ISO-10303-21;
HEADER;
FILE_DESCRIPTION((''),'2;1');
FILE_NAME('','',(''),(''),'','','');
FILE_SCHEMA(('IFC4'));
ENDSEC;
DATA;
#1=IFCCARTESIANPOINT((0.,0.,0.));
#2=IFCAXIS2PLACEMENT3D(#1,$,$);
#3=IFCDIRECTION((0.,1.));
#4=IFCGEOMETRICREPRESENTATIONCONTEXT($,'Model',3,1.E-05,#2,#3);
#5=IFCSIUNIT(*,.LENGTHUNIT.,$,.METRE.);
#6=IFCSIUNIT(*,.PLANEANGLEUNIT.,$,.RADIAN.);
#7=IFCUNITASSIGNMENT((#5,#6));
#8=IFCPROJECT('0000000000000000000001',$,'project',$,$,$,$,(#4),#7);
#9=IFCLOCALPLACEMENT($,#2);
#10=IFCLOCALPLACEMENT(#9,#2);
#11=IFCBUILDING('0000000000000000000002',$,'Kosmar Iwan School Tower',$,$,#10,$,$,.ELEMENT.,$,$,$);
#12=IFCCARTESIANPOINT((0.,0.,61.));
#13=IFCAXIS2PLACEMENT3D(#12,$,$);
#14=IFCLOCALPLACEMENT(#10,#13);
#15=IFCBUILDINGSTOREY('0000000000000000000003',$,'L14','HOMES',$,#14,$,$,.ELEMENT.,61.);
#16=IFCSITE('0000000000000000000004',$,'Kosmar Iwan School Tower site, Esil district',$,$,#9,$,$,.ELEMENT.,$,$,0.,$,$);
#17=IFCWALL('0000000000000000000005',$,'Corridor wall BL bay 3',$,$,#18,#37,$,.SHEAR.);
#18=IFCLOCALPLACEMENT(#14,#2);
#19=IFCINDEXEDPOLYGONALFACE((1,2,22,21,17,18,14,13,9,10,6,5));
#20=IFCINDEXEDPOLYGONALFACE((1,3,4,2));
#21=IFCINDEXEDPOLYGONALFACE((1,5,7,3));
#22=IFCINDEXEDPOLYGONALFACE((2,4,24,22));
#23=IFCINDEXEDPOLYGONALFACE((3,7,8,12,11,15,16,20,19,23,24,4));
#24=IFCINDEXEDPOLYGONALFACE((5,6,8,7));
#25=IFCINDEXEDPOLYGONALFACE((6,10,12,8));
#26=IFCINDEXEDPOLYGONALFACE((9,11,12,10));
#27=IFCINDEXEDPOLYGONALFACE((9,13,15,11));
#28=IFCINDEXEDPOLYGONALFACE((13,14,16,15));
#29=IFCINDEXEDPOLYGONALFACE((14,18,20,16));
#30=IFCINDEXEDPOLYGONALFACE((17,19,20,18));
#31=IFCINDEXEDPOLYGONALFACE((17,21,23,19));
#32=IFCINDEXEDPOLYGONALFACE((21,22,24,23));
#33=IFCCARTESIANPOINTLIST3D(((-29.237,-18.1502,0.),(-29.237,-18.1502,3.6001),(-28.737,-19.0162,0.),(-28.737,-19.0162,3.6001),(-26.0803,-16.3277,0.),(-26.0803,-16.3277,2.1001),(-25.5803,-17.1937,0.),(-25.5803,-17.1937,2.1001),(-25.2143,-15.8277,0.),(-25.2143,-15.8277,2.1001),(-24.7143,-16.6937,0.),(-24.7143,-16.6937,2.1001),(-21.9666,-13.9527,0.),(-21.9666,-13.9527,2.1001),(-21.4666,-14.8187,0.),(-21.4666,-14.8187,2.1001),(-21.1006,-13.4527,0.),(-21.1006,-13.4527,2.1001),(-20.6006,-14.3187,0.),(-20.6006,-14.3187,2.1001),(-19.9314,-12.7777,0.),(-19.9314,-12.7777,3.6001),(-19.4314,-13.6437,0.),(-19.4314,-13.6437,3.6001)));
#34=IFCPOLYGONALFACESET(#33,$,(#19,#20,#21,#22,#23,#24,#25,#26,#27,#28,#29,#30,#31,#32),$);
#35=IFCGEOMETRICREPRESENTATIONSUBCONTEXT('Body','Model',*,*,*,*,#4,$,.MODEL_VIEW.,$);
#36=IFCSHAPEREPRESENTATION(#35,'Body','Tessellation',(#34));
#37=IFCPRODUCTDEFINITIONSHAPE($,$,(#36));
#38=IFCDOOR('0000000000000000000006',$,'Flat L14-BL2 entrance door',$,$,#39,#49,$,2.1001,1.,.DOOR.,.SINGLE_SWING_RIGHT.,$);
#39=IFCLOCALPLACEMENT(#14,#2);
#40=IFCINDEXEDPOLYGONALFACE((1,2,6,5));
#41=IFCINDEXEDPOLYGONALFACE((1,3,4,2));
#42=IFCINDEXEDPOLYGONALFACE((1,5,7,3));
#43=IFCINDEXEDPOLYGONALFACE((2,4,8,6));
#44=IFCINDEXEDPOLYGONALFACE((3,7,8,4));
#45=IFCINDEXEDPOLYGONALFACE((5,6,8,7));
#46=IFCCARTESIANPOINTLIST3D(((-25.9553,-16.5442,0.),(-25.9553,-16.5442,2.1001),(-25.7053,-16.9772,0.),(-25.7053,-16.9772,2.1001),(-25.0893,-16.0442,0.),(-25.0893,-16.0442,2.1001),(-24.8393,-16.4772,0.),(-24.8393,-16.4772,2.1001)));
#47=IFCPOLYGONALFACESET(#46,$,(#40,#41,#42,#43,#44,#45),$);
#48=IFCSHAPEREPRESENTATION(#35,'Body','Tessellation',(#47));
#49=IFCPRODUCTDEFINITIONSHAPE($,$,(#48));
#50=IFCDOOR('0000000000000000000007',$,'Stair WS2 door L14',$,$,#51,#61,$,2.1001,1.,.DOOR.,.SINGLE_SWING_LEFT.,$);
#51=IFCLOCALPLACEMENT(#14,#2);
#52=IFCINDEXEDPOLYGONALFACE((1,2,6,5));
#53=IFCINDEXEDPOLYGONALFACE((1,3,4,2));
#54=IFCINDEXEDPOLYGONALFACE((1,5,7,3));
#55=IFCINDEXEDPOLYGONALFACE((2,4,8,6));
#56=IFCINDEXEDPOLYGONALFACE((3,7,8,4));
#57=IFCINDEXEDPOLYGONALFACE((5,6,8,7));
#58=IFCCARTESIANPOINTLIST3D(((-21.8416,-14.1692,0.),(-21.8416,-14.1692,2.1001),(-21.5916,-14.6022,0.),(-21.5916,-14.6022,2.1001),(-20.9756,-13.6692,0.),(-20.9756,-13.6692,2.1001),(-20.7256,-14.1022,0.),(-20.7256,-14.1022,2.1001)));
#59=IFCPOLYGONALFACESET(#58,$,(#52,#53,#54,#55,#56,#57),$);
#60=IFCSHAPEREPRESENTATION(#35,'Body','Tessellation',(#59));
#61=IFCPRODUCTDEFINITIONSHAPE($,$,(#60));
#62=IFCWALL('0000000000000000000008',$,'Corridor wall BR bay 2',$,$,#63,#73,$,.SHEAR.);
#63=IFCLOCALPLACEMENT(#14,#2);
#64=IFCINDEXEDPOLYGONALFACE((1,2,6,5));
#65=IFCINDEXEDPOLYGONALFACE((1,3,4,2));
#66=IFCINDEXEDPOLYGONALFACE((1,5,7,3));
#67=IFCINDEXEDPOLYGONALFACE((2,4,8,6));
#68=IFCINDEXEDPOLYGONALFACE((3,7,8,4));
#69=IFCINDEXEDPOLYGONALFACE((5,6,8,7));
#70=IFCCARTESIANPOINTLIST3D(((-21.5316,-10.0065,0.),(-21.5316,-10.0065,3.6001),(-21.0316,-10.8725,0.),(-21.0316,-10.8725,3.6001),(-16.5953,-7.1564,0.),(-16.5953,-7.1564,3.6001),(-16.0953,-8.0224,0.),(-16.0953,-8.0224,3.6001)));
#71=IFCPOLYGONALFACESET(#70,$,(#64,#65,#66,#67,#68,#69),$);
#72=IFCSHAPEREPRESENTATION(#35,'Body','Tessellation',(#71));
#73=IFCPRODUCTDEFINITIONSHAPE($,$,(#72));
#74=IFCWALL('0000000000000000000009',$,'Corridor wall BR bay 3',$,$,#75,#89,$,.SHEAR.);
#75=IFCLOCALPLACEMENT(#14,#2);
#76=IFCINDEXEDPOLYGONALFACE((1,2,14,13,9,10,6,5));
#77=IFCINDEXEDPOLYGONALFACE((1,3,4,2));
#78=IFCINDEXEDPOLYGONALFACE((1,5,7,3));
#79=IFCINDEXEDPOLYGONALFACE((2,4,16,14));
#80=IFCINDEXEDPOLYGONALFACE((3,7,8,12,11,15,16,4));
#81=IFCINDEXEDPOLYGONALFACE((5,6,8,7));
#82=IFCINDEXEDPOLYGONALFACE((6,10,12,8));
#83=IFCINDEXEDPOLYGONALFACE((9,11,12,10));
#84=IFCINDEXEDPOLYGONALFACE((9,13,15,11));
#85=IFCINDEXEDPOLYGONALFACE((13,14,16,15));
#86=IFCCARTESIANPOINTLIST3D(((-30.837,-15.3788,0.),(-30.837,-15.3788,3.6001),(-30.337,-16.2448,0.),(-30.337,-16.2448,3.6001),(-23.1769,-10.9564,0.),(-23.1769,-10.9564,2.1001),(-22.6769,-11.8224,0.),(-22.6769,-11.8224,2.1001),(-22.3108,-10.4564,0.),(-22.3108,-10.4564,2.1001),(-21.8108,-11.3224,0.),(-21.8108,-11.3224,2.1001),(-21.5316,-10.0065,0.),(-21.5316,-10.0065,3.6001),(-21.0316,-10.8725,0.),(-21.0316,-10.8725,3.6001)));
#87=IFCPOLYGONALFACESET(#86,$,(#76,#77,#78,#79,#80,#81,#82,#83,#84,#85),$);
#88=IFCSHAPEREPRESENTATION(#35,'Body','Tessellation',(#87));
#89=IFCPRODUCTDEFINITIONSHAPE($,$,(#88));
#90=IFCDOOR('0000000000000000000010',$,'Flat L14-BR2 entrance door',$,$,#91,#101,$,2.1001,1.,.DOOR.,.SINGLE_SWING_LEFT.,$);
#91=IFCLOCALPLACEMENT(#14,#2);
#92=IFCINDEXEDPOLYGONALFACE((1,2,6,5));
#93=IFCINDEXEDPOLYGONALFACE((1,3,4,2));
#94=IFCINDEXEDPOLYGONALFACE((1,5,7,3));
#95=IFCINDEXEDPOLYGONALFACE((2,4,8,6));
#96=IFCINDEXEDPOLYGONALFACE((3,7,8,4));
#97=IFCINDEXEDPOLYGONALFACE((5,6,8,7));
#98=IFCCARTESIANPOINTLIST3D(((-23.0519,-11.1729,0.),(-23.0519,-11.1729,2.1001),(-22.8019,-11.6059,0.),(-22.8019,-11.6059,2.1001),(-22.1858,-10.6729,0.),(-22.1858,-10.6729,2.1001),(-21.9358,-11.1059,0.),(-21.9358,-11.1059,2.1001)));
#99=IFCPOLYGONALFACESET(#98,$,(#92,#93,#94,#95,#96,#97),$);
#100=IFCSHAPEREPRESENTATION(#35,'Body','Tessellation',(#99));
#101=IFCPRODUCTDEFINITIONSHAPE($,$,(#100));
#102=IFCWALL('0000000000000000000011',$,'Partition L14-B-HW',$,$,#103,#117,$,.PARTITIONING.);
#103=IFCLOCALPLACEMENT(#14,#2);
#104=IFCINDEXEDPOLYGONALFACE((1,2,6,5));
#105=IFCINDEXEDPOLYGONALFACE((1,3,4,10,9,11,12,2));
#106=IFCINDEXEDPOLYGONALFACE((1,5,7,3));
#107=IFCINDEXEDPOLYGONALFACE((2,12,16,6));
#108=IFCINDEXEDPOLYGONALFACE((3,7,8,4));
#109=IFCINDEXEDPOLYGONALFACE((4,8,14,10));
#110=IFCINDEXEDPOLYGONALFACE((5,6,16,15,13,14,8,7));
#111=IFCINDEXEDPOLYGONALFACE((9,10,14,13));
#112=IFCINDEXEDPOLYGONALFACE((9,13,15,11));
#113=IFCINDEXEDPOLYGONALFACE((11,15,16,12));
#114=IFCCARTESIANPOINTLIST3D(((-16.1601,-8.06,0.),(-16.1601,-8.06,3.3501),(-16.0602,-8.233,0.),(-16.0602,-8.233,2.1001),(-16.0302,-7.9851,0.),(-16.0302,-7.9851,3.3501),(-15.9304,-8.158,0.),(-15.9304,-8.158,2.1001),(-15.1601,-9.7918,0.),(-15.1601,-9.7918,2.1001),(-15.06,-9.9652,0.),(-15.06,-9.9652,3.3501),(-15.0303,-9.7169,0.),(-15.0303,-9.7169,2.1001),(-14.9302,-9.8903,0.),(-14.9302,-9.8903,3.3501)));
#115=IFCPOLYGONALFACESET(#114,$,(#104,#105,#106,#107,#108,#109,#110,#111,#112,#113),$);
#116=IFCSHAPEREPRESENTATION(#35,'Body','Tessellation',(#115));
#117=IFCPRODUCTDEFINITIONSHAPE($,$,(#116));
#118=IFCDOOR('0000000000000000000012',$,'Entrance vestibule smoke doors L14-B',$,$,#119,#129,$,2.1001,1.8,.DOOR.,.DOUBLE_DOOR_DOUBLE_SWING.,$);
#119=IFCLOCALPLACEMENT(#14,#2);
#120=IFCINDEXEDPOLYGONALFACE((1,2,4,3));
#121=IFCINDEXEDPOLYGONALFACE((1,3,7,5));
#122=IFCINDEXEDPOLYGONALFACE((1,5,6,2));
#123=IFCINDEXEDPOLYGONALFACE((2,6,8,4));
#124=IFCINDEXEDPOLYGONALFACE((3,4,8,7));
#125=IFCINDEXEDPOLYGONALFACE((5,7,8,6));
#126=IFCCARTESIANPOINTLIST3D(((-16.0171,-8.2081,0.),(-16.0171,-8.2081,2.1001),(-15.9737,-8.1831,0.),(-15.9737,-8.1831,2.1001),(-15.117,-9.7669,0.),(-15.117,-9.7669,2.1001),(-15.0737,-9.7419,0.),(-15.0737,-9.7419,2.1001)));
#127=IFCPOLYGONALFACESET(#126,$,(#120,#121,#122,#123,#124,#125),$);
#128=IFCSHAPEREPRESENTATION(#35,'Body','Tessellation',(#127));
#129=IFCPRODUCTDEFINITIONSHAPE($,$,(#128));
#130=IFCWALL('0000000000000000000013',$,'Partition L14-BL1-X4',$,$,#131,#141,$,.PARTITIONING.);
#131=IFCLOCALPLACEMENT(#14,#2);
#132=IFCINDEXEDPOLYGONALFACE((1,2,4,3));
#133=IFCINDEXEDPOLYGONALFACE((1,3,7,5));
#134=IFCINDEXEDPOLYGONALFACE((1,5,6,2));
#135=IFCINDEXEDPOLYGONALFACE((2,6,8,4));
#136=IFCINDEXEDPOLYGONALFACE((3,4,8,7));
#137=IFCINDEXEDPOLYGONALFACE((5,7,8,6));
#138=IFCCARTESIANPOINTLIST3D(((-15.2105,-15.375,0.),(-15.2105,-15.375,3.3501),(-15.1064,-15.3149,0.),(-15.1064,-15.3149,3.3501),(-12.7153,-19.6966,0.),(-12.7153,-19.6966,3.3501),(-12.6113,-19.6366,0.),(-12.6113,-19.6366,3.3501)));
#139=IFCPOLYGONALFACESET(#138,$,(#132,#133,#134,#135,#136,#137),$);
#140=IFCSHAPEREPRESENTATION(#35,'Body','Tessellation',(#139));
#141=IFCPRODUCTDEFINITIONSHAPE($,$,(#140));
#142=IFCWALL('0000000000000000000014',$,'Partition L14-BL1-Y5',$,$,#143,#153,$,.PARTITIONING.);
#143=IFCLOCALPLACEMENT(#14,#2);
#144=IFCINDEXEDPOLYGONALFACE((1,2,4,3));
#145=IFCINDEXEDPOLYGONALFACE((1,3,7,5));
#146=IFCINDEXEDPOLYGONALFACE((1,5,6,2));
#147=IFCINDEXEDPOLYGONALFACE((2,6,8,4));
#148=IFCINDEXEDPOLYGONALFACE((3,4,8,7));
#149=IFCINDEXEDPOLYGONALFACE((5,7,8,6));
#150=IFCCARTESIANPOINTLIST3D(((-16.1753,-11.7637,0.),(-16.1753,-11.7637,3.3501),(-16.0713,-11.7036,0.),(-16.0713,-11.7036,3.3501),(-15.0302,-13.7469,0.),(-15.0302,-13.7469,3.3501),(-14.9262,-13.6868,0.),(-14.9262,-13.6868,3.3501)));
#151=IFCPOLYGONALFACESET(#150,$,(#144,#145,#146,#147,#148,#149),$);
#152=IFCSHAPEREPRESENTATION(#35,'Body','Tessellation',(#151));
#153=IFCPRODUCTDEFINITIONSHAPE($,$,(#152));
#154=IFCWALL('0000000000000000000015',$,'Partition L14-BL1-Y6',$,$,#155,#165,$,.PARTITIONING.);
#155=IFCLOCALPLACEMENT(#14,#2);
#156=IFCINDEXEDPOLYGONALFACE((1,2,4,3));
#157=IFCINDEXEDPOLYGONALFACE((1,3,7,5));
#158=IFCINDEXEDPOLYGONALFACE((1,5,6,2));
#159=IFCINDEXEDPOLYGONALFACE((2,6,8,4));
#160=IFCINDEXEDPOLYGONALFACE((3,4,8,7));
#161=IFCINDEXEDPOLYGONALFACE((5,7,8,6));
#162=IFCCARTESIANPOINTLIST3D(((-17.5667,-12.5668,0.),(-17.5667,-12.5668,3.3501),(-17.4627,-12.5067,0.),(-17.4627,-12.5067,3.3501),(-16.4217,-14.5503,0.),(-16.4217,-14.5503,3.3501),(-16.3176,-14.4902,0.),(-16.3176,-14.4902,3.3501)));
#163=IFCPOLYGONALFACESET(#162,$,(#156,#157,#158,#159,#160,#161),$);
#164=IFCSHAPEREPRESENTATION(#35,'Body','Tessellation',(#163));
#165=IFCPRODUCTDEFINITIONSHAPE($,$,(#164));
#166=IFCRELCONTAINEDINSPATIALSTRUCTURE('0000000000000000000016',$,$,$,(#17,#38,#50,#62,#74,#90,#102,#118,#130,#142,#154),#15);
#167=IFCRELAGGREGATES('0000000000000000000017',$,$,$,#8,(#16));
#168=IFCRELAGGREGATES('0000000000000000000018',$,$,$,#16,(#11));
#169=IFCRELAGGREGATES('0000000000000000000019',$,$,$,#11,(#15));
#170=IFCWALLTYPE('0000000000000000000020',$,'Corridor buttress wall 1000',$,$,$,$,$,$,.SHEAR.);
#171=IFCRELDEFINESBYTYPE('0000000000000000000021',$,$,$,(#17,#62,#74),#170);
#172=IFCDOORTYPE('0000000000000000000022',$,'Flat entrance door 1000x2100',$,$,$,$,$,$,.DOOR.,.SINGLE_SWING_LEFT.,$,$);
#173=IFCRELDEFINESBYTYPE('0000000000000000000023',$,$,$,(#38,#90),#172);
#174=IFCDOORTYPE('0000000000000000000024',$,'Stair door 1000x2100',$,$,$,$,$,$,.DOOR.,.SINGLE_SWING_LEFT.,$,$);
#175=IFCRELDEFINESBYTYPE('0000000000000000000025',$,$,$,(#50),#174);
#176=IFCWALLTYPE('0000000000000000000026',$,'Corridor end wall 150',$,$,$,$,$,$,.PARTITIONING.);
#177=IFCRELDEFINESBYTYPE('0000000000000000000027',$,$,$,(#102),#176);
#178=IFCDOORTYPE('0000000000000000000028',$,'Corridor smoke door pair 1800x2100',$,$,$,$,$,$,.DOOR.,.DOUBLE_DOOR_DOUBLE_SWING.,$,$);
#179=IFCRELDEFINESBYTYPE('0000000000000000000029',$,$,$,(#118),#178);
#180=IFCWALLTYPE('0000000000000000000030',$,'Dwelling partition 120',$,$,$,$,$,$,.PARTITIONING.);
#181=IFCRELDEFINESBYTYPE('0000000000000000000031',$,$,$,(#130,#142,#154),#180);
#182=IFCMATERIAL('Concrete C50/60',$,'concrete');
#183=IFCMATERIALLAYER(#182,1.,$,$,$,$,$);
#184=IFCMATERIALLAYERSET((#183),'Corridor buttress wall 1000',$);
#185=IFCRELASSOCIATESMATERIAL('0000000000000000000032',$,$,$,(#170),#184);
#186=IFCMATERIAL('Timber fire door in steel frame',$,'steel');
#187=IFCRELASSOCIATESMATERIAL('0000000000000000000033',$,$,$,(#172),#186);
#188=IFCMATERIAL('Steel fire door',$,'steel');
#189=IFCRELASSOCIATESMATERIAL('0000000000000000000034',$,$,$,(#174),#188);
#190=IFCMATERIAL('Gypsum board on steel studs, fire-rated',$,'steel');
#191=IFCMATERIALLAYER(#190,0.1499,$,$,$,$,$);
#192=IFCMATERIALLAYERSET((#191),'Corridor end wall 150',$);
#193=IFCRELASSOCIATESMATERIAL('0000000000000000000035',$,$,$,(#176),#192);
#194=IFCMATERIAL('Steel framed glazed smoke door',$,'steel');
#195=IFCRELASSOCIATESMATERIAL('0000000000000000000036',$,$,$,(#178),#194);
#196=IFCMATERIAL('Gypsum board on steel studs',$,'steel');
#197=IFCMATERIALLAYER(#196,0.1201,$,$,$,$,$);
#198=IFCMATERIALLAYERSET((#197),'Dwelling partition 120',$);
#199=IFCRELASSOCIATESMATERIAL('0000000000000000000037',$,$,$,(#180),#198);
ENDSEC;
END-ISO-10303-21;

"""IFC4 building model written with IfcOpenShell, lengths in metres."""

from ifc_helpers import new_model, si_unit, direction, frame, frame_2d, origin, place, context, subcontext, project, spatial, rectangle, extrude, material, layer, layer_set, type_object, element, fill, save


model = new_model("IFC4")

# Units and contexts
model_context = context("Model", 3, precision=1e-05, world=origin(), true_north=direction((0.0, 1.0)))
body_context = subcontext(model_context, "Body", "Model", "MODEL_VIEW")
ifc_project = project(units=[si_unit("LENGTHUNIT", "METRE"), si_unit("PLANEANGLEUNIT", "RADIAN")], contexts=[model_context])

# Site, building, storey
site_placement = place(None, origin())
site = spatial("IfcSite", under=ifc_project, at=site_placement, Name="Kosmar Iwan School Tower site, Esil district", CompositionType="ELEMENT", RefElevation=0.0)
building_placement = place(site_placement, origin())
building = spatial("IfcBuilding", under=site, at=building_placement, Name="Kosmar Iwan School Tower", CompositionType="ELEMENT")
storey_placement = place(building_placement, frame((0.0, 0.0, 61.0)))
storey = spatial("IfcBuildingStorey", under=building, at=storey_placement, Name="L14", Description="HOMES", CompositionType="ELEMENT", Elevation=61.0)

# Wall, openings, doors
ifc_material_1 = material(Name="Concrete C50/60", Category="concrete")
ifc_layer_1 = layer(ifc_material_1, 1.0)
ifc_layer_set_1 = layer_set([ifc_layer_1], Name="Corridor buttress wall 1000")
wall_type_1 = type_object("IfcWallType", Name="Corridor buttress wall 1000", PredefinedType="SHEAR", material=ifc_layer_set_1)
wall_1_placement = place(storey_placement, frame((-19.6814, -13.2107, 0.0), z_axis=(0.0, 0.0, 1.0), x_axis=(-0.866028, -0.499995, 0.0)))
wall_1 = element("IfcWall", 1, at=wall_1_placement, inside=storey, type_object=wall_type_1, Name="Corridor wall BL bay 3", PredefinedType="SHEAR", context=body_context, shape_type="SweptSolid", body=[
    extrude(rectangle(XDim=10.7451, YDim=1.0, at=frame_2d((5.3726, 0.0))), origin(), (0.0, 0.0, 1.0), 3.6001),
])
opening_1_placement = place(wall_1_placement, frame((6.1001, 0.0, 0.0)))
opening_1 = element("IfcOpeningElement", 2, at=opening_1_placement, cuts=wall_1, PredefinedType="OPENING", context=body_context, shape_type="SweptSolid", body=[
    extrude(rectangle(XDim=1.0, YDim=2.1001, at=frame_2d((0.5, 1.05))), frame((0.0, 0.512, 0.0), z_axis=(0.0, -1.0, 0.0), x_axis=(1.0, 0.0, 0.0)), (0.0, 0.0, 1.0), 1.0239),
])
opening_2_placement = place(wall_1_placement, frame((1.3501, 0.0, 0.0)))
opening_2 = element("IfcOpeningElement", 3, at=opening_2_placement, cuts=wall_1, PredefinedType="OPENING", context=body_context, shape_type="SweptSolid", body=[
    extrude(rectangle(XDim=1.0, YDim=2.1001, at=frame_2d((0.5, 1.05))), frame((0.0, 0.512, 0.0), z_axis=(0.0, -1.0, 0.0), x_axis=(1.0, 0.0, 0.0)), (0.0, 0.0, 1.0), 1.0239),
])
ifc_material_2 = material(Name="Timber fire door in steel frame", Category="steel")
door_type_1 = type_object("IfcDoorType", Name="Flat entrance door 1000x2100", OperationType="SINGLE_SWING_LEFT", PredefinedType="DOOR", material=ifc_material_2)
door_1_placement = place(opening_1_placement, origin())
door_1 = element("IfcDoor", 4, at=door_1_placement, inside=storey, type_object=door_type_1, Name="Flat L14-BL2 entrance door", OperationType="SINGLE_SWING_RIGHT", OverallHeight=2.1001, OverallWidth=1.0, PredefinedType="DOOR", context=body_context, shape_type="SweptSolid", body=[
    extrude(rectangle(XDim=1.0, YDim=2.1001, at=frame_2d((0.5, 1.05))), frame((0.0, 0.25, 0.0), z_axis=(0.0, -1.0, 0.0), x_axis=(1.0, 0.0, 0.0)), (0.0, 0.0, 1.0), 0.5),
])
fill(opening_1, door_1)
ifc_material_3 = material(Name="Steel fire door", Category="steel")
door_type_2 = type_object("IfcDoorType", Name="Stair door 1000x2100", OperationType="SINGLE_SWING_LEFT", PredefinedType="DOOR", material=ifc_material_3)
door_2_placement = place(opening_2_placement, origin())
door_2 = element("IfcDoor", 5, at=door_2_placement, inside=storey, type_object=door_type_2, Name="Stair WS2 door L14", OperationType="SINGLE_SWING_LEFT", OverallHeight=2.1001, OverallWidth=1.0, PredefinedType="DOOR", context=body_context, shape_type="SweptSolid", body=[
    extrude(rectangle(XDim=1.0, YDim=2.1001, at=frame_2d((0.5, 1.05))), frame((0.0, 0.25, 0.0), z_axis=(0.0, -1.0, 0.0), x_axis=(1.0, 0.0, 0.0)), (0.0, 0.0, 1.0), 0.5),
])
fill(opening_2, door_2)

# Wall
wall_2_placement = place(storey_placement, frame((-16.3452, -7.5894, 0.0), z_axis=(0.0, 0.0, 1.0), x_axis=(-0.866015, -0.500018, 0.0)))
element("IfcWall", 6, at=wall_2_placement, inside=storey, type_object=wall_type_1, Name="Corridor wall BR bay 2", PredefinedType="SHEAR", context=body_context, shape_type="SweptSolid", body=[
    extrude(rectangle(XDim=5.7, YDim=1.0, at=frame_2d((2.8501, 0.0))), origin(), (0.0, 0.0, 1.0), 3.6001),
])

# Walls, openings, doors
wall_3_placement = place(storey_placement, frame((-21.2815, -10.4395, 0.0), z_axis=(0.0, 0.0, 1.0), x_axis=(-0.866032, -0.499988, 0.0)))
wall_3 = element("IfcWall", 7, at=wall_3_placement, inside=storey, type_object=wall_type_1, Name="Corridor wall BR bay 3", PredefinedType="SHEAR", context=body_context, shape_type="SweptSolid", body=[
    extrude(rectangle(XDim=10.7449, YDim=1.0, at=frame_2d((5.3726, 0.0))), origin(), (0.0, 0.0, 1.0), 3.6001),
])
opening_3_placement = place(wall_3_placement, frame((0.8999, 0.0, 0.0)))
opening_3 = element("IfcOpeningElement", 8, at=opening_3_placement, cuts=wall_3, PredefinedType="OPENING", context=body_context, shape_type="SweptSolid", body=[
    extrude(rectangle(XDim=1.0, YDim=2.1001, at=frame_2d((0.5, 1.05))), frame((0.0, 0.512, 0.0), z_axis=(0.0, -1.0, 0.0), x_axis=(1.0, 0.0, 0.0)), (0.0, 0.0, 1.0), 1.0239),
])
door_3_placement = place(opening_3_placement, origin())
door_3 = element("IfcDoor", 9, at=door_3_placement, inside=storey, type_object=door_type_1, Name="Flat L14-BR2 entrance door", OperationType="SINGLE_SWING_LEFT", OverallHeight=2.1001, OverallWidth=1.0, PredefinedType="DOOR", context=body_context, shape_type="SweptSolid", body=[
    extrude(rectangle(XDim=1.0, YDim=2.1001, at=frame_2d((0.5, 1.05))), frame((0.0, 0.25, 0.0), z_axis=(0.0, -1.0, 0.0), x_axis=(1.0, 0.0, 0.0)), (0.0, 0.0, 1.0), 0.5),
])
fill(opening_3, door_3)
ifc_material_4 = material(Name="Gypsum board on steel studs, fire-rated", Category="steel")
ifc_layer_2 = layer(ifc_material_4, 0.1499)
ifc_layer_set_2 = layer_set([ifc_layer_2], Name="Corridor end wall 150")
wall_type_2 = type_object("IfcWallType", Name="Corridor end wall 150", PredefinedType="PARTITIONING", material=ifc_layer_set_2)
wall_4_placement = place(storey_placement, frame((-16.0952, -8.0225, 0.0), z_axis=(0.0, 0.0, 1.0), x_axis=(0.50003, -0.866008, 0.0)))
wall_4 = element("IfcWall", 10, at=wall_4_placement, inside=storey, type_object=wall_type_2, Name="Partition L14-B-HW", PredefinedType="PARTITIONING", context=body_context, shape_type="SweptSolid", body=[
    extrude(rectangle(XDim=2.2, YDim=0.1499, at=frame_2d((1.1001, 0.0))), origin(), (0.0, 0.0, 1.0), 3.3501),
])
opening_4_placement = place(wall_4_placement, frame((0.2, 0.0, 0.0)))
opening_4 = element("IfcOpeningElement", 11, at=opening_4_placement, cuts=wall_4, PredefinedType="OPENING", context=body_context, shape_type="SweptSolid", body=[
    extrude(rectangle(XDim=1.8, YDim=2.1001, at=frame_2d((0.8999, 1.05))), frame((0.0, 0.0869, 0.0), z_axis=(0.0, -1.0, 0.0), x_axis=(1.0, 0.0, 0.0)), (0.0, 0.0, 1.0), 0.1738),
])
ifc_material_5 = material(Name="Steel framed glazed smoke door", Category="steel")
door_type_3 = type_object("IfcDoorType", Name="Corridor smoke door pair 1800x2100", OperationType="DOUBLE_DOOR_DOUBLE_SWING", PredefinedType="DOOR", material=ifc_material_5)
door_4_placement = place(opening_4_placement, origin())
door_4 = element("IfcDoor", 12, at=door_4_placement, inside=storey, type_object=door_type_3, Name="Entrance vestibule smoke doors L14-B", OperationType="DOUBLE_DOOR_DOUBLE_SWING", OverallHeight=2.1001, OverallWidth=1.8, PredefinedType="DOOR", context=body_context, shape_type="SweptSolid", body=[
    extrude(rectangle(XDim=1.8, YDim=2.1001, at=frame_2d((0.8999, 1.05))), frame((0.0, 0.0249, 0.0), z_axis=(0.0, -1.0, 0.0), x_axis=(1.0, 0.0, 0.0)), (0.0, 0.0, 1.0), 0.05),
])
fill(opening_4, door_4)

# Walls
ifc_material_6 = material(Name="Gypsum board on steel studs", Category="steel")
ifc_layer_3 = layer(ifc_material_6, 0.1201)
ifc_layer_set_3 = layer_set([ifc_layer_3], Name="Dwelling partition 120")
wall_type_3 = type_object("IfcWallType", Name="Dwelling partition 120", PredefinedType="PARTITIONING", material=ifc_layer_set_3)
wall_5_placement = place(storey_placement, frame((-15.1584, -15.345, 0.0), z_axis=(0.0, 0.0, 1.0), x_axis=(0.500012, -0.866019, 0.0)))
element("IfcWall", 13, at=wall_5_placement, inside=storey, type_object=wall_type_3, Name="Partition L14-BL1-X4", PredefinedType="PARTITIONING", context=body_context, shape_type="SweptSolid", body=[
    extrude(rectangle(XDim=4.9902, YDim=0.1201, at=frame_2d((2.4951, 0.0))), origin(), (0.0, 0.0, 1.0), 3.3501),
])
wall_6_placement = place(storey_placement, frame((-16.1233, -11.7336, 0.0), z_axis=(0.0, 0.0, 1.0), x_axis=(0.500015, -0.866017, 0.0)))
element("IfcWall", 14, at=wall_6_placement, inside=storey, type_object=wall_type_3, Name="Partition L14-BL1-Y5", PredefinedType="PARTITIONING", context=body_context, shape_type="SweptSolid", body=[
    extrude(rectangle(XDim=2.29, YDim=0.1201, at=frame_2d((1.145, 0.0))), origin(), (0.0, 0.0, 1.0), 3.3501),
])
wall_7_placement = place(storey_placement, frame((-17.5146, -12.5369, 0.0), z_axis=(0.0, 0.0, 1.0), x_axis=(0.499969, -0.866044, 0.0)))
element("IfcWall", 15, at=wall_7_placement, inside=storey, type_object=wall_type_3, Name="Partition L14-BL1-Y6", PredefinedType="PARTITIONING", context=body_context, shape_type="SweptSolid", body=[
    extrude(rectangle(XDim=2.2903, YDim=0.1201, at=frame_2d((1.145, 0.0))), origin(), (0.0, 0.0, 1.0), 3.3501),
])

save(model, "model.ifc")
